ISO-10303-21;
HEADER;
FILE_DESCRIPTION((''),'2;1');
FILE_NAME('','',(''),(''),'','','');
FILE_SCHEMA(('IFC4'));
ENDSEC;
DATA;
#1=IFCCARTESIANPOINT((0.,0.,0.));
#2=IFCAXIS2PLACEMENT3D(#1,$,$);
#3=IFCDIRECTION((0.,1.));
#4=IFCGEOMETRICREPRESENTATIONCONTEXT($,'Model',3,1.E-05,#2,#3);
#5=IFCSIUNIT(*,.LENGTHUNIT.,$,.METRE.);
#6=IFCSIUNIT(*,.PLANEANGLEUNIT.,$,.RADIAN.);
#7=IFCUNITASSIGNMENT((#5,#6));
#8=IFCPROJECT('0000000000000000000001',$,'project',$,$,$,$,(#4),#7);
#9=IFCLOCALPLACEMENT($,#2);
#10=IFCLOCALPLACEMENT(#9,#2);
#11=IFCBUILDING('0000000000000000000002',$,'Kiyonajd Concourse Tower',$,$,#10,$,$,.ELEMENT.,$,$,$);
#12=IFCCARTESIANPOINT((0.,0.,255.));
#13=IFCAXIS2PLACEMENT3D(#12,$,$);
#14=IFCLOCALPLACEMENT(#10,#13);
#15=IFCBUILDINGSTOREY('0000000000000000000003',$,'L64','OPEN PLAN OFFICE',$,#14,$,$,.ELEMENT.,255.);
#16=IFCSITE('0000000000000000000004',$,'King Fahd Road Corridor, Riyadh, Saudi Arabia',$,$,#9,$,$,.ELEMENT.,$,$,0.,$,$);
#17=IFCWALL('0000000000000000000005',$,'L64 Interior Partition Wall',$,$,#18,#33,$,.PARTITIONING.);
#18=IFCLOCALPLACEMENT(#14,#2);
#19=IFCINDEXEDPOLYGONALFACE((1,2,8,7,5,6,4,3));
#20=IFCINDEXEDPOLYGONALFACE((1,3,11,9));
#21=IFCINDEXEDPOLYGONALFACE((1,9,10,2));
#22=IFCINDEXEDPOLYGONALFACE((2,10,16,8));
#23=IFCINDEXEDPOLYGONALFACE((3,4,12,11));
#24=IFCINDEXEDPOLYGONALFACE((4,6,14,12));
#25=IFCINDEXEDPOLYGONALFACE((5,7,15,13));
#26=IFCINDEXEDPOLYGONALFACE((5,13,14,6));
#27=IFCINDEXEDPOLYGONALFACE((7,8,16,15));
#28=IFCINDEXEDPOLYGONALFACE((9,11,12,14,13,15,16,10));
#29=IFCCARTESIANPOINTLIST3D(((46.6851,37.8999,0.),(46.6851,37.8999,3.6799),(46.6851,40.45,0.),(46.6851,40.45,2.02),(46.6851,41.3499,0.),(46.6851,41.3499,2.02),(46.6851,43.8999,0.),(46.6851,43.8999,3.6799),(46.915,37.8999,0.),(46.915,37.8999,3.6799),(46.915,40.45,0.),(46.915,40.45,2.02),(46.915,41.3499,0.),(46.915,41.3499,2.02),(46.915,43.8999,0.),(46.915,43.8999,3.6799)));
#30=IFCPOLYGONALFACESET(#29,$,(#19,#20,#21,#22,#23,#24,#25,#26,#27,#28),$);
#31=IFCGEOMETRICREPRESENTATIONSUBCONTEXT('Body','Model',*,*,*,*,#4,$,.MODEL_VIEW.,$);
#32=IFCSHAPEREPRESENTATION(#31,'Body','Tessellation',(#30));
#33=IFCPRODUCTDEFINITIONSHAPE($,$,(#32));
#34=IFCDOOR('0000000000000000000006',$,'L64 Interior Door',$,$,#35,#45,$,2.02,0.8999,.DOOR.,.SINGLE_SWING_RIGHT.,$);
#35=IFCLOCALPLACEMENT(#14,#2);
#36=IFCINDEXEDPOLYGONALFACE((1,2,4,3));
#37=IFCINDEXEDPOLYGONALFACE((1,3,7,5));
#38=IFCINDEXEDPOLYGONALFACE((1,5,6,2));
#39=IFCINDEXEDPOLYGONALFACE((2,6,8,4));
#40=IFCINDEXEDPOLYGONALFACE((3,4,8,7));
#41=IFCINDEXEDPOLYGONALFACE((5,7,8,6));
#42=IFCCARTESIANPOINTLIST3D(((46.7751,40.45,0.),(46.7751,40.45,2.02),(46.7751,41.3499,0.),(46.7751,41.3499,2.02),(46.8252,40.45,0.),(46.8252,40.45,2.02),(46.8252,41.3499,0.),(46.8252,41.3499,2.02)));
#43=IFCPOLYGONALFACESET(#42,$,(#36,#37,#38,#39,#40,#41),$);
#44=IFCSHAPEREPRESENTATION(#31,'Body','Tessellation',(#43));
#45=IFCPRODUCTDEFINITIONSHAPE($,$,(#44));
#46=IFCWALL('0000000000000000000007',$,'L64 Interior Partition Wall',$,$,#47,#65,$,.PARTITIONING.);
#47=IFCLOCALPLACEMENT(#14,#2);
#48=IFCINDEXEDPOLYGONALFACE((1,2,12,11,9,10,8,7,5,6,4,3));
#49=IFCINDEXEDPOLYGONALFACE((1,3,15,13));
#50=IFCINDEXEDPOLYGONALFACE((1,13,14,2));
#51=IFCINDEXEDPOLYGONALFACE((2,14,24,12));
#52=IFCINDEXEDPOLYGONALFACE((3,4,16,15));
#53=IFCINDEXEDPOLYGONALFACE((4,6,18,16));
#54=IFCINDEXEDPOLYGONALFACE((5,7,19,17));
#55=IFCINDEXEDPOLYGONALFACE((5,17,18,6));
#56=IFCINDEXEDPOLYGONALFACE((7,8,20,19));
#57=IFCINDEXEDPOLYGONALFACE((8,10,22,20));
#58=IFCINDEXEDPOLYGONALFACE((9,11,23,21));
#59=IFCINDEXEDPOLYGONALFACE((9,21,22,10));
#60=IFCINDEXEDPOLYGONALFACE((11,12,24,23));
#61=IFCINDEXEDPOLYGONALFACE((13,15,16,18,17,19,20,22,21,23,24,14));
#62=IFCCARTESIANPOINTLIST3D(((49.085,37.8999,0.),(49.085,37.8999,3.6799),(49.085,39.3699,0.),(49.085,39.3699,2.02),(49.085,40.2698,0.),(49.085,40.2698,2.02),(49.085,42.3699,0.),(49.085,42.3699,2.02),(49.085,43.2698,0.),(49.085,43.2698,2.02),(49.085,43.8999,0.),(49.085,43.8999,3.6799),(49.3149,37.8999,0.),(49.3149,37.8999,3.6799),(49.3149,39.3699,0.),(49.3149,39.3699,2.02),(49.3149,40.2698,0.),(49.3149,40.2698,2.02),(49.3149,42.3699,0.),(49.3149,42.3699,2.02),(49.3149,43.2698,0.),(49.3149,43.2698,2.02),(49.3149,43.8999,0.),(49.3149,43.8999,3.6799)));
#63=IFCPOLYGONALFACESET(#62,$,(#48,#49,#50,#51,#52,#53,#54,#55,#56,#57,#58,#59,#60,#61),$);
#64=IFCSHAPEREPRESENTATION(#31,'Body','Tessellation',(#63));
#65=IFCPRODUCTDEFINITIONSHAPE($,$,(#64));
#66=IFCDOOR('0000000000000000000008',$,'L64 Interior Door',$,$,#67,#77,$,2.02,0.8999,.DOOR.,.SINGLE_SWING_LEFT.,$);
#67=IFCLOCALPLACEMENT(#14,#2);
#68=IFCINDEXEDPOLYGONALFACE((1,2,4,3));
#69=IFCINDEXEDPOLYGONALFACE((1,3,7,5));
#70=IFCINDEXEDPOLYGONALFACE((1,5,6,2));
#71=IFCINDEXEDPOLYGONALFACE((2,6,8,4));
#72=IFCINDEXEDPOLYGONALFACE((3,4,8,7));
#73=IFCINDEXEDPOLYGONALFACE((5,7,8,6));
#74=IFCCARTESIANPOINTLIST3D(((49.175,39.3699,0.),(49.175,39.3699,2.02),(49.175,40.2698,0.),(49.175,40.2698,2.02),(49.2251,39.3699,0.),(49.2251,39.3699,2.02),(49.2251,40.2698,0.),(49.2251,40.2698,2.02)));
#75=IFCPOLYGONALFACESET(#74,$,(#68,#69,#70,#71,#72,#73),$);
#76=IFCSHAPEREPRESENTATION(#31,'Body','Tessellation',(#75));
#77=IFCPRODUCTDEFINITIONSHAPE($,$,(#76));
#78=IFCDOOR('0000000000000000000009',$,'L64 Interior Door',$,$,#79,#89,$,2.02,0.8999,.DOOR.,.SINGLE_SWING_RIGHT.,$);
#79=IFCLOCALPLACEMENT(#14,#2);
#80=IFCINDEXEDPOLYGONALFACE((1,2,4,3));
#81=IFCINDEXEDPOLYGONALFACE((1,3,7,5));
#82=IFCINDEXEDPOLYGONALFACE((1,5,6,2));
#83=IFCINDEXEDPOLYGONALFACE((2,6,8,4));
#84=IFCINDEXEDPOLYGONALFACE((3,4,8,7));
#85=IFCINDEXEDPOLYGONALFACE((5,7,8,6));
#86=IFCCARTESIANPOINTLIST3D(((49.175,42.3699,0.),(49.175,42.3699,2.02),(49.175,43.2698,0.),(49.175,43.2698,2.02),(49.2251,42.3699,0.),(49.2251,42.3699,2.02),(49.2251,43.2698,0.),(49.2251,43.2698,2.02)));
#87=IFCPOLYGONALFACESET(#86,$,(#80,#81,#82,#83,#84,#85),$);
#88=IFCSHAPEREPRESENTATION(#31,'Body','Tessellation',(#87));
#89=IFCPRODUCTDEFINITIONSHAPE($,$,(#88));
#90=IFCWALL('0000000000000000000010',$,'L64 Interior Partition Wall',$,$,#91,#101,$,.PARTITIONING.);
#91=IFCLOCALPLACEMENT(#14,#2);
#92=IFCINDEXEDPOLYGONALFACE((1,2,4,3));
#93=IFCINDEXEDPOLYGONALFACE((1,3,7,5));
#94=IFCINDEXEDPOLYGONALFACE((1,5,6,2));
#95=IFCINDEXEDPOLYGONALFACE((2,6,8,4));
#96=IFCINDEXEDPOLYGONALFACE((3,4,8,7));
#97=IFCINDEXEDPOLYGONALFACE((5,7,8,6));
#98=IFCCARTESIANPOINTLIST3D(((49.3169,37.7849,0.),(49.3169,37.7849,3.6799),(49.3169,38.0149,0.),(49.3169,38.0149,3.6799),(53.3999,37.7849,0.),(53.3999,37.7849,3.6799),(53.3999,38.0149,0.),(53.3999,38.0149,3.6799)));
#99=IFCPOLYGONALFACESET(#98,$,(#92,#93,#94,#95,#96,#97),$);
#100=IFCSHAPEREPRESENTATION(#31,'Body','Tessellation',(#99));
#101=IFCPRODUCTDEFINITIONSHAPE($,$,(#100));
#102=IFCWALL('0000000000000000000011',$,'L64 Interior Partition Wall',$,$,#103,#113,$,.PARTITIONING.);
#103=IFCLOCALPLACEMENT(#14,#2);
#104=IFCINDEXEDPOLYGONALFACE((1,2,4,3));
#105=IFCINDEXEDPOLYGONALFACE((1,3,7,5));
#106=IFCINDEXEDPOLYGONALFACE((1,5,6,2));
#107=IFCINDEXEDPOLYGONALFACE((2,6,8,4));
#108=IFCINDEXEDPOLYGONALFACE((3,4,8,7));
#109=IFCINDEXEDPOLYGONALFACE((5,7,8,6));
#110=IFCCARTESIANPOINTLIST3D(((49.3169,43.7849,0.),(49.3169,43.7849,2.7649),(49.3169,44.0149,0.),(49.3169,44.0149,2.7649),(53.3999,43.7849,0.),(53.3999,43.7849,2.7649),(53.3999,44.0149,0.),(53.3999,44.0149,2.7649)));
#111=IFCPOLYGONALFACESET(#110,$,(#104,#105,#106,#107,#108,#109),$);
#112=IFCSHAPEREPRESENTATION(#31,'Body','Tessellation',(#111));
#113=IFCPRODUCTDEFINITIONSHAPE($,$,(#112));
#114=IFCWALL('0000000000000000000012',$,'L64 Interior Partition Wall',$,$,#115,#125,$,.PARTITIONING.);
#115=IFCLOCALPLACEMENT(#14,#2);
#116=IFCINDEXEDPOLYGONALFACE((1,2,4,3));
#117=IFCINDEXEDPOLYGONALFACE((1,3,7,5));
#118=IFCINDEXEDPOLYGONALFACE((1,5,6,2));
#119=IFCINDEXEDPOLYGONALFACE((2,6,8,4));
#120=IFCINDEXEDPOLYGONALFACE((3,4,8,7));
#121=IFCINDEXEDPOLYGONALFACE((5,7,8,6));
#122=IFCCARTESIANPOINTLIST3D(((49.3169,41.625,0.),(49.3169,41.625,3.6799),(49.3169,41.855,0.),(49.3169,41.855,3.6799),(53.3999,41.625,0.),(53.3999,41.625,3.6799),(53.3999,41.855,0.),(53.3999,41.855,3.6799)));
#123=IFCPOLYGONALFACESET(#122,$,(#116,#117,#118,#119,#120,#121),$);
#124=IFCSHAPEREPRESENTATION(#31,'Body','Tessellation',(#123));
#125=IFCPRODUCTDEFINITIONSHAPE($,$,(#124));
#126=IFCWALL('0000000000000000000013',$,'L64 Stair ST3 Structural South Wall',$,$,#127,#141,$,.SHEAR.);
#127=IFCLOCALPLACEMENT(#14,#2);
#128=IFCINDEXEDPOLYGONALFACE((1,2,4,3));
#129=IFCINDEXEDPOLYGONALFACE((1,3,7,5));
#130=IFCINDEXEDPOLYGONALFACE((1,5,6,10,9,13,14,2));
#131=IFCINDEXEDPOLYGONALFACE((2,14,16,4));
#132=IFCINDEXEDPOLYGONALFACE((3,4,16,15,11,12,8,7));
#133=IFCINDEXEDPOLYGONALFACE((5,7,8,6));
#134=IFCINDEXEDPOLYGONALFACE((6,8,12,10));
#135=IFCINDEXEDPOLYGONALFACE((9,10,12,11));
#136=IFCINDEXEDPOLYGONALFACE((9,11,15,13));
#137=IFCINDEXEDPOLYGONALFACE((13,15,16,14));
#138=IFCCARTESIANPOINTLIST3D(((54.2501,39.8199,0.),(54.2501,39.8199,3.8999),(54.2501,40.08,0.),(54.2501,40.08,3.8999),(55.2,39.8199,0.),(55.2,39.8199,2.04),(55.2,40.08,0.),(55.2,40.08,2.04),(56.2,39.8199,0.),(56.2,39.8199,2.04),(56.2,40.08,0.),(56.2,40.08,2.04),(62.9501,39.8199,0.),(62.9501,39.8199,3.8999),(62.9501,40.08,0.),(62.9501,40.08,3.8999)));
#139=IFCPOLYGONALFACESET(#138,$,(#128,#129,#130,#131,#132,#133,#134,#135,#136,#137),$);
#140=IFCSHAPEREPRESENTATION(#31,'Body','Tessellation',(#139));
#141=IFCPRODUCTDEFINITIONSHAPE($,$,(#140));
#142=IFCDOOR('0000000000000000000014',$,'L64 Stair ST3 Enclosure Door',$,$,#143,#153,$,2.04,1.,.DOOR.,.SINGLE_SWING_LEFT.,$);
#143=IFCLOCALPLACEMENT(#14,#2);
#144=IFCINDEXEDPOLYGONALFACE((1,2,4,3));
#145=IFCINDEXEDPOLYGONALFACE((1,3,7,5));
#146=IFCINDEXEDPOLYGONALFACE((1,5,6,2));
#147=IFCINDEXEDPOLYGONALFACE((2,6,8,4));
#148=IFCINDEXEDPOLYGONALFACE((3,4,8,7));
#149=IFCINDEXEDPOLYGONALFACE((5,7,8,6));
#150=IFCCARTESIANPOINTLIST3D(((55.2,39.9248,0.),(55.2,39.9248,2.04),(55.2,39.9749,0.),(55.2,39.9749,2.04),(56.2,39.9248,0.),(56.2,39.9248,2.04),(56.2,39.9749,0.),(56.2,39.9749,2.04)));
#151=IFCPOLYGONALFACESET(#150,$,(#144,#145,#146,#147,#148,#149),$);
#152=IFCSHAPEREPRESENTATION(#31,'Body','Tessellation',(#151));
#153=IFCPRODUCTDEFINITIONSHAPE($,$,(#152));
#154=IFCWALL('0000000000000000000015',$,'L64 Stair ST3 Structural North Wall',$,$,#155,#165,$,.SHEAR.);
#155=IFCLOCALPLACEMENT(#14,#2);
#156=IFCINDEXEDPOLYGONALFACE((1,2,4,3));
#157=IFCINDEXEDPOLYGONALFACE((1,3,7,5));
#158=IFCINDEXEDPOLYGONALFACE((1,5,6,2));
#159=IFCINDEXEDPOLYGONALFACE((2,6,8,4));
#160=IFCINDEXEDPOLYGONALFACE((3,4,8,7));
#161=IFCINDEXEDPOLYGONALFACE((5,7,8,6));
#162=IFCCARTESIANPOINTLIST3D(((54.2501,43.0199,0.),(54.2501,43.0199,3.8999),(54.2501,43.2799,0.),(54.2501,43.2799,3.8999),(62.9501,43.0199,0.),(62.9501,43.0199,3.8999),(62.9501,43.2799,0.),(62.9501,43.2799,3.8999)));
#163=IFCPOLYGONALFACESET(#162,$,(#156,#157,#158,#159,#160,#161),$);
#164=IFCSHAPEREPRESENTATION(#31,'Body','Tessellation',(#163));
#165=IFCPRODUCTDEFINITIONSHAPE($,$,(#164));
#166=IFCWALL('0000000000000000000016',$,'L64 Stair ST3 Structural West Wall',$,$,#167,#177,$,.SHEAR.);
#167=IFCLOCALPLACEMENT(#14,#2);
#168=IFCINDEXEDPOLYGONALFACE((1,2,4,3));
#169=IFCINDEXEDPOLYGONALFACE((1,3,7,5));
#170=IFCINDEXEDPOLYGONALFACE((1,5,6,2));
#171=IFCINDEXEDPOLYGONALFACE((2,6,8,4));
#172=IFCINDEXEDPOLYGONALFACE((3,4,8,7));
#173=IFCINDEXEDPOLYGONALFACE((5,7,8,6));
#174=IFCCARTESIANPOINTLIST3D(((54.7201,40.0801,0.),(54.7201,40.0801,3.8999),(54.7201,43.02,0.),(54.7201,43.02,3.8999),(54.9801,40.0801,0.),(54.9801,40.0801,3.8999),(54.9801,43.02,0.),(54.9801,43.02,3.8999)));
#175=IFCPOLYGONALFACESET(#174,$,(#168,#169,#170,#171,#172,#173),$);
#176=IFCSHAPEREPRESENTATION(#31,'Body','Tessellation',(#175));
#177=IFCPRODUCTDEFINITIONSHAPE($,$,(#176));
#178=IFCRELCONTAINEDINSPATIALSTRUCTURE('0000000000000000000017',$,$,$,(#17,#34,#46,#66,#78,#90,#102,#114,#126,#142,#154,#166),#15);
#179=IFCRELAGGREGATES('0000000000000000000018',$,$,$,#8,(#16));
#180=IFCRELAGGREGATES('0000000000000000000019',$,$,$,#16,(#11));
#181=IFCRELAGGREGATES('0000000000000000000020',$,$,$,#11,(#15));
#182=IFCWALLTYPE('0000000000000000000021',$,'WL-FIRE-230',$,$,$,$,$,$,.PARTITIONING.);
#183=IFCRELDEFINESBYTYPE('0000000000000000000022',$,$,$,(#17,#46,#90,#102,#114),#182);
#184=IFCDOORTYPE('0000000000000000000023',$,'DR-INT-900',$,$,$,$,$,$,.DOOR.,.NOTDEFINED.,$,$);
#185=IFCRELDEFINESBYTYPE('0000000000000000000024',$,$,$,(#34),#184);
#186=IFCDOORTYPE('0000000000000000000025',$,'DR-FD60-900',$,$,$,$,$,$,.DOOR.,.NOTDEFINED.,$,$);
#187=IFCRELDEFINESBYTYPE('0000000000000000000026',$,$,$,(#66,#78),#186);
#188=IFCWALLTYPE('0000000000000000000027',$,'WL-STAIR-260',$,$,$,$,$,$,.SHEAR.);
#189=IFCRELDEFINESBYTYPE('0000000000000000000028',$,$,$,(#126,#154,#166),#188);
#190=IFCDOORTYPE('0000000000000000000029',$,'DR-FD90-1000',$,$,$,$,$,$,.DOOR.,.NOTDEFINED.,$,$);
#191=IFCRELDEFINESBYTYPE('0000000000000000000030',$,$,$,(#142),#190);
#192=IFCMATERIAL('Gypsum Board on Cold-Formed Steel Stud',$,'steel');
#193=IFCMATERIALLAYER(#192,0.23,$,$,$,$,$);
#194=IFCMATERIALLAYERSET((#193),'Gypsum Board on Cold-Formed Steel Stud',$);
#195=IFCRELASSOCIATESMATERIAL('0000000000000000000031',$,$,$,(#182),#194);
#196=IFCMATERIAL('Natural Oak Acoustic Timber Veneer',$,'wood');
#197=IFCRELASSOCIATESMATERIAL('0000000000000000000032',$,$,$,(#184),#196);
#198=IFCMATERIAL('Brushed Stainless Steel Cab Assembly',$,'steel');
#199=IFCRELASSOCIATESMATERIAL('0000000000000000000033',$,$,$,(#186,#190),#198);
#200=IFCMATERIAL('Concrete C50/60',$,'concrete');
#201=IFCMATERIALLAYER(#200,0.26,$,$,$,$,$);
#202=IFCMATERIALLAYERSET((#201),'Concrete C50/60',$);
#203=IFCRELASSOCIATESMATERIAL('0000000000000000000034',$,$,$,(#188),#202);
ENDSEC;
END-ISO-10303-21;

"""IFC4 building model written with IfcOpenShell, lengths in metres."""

from ifc_helpers import new_model, si_unit, direction, frame, frame_2d, origin, place, context, subcontext, project, spatial, rectangle, extrude, material, layer, layer_set, type_object, element, fill, save


model = new_model("IFC4")

# Units and contexts
model_context = context("Model", 3, precision=1e-05, world=origin(), true_north=direction((0.0, 1.0)))
body_context = subcontext(model_context, "Body", "Model", "MODEL_VIEW")
ifc_project = project(units=[si_unit("LENGTHUNIT", "METRE"), si_unit("PLANEANGLEUNIT", "RADIAN")], contexts=[model_context])

# Site, building, storey
site_placement = place(None, origin())
site = spatial("IfcSite", under=ifc_project, at=site_placement, Name="King Fahd Road Corridor, Riyadh, Saudi Arabia", CompositionType="ELEMENT", RefElevation=0.0)
building_placement = place(site_placement, origin())
building = spatial("IfcBuilding", under=site, at=building_placement, Name="Kiyonajd Concourse Tower", CompositionType="ELEMENT")
storey_placement = place(building_placement, frame((0.0, 0.0, 255.0)))
storey = spatial("IfcBuildingStorey", under=building, at=storey_placement, Name="L64", Description="OPEN PLAN OFFICE", CompositionType="ELEMENT", Elevation=255.0)

# Shared definitions
ifc_material_1 = material(Name="Concrete C50/60", Category="concrete")

# Wall, opening, door
ifc_material_2 = material(Name="Gypsum Board on Cold-Formed Steel Stud", Category="steel")
ifc_layer_1 = layer(ifc_material_2, 0.23)
ifc_layer_set_1 = layer_set([ifc_layer_1], Name="Gypsum Board on Cold-Formed Steel Stud")
wall_type_1 = type_object("IfcWallType", Name="WL-FIRE-230", PredefinedType="PARTITIONING", material=ifc_layer_set_1)
wall_1_placement = place(storey_placement, frame((46.8, 37.8999, 0.0), z_axis=(0.0, 0.0, 1.0), x_axis=(0.0, 1.0, 0.0)))
wall_1 = element("IfcWall", 1, at=wall_1_placement, inside=storey, type_object=wall_type_1, Name="L64 Interior Partition Wall", PredefinedType="PARTITIONING", context=body_context, shape_type="SweptSolid", body=[
    extrude(rectangle(XDim=6.0, YDim=0.23, at=frame_2d((3.0, 0.0))), origin(), (0.0, 0.0, 1.0), 3.6799),
])
opening_1_placement = place(wall_1_placement, frame((2.55, 0.0, 0.0)))
opening_1 = element("IfcOpeningElement", 2, at=opening_1_placement, cuts=wall_1, PredefinedType="OPENING", context=body_context, shape_type="SweptSolid", body=[
    extrude(rectangle(XDim=0.8999, YDim=2.02, at=frame_2d((0.45, 1.01))), frame((0.0, 0.125, 0.0), z_axis=(0.0, -1.0, 0.0), x_axis=(1.0, 0.0, 0.0)), (0.0, 0.0, 1.0), 0.25),
])
ifc_material_3 = material(Name="Natural Oak Acoustic Timber Veneer", Category="wood")
door_type_1 = type_object("IfcDoorType", Name="DR-INT-900", OperationType="NOTDEFINED", PredefinedType="DOOR", material=ifc_material_3)
door_1_placement = place(opening_1_placement, origin())
door_1 = element("IfcDoor", 3, at=door_1_placement, inside=storey, type_object=door_type_1, Name="L64 Interior Door", OperationType="SINGLE_SWING_RIGHT", OverallHeight=2.02, OverallWidth=0.8999, PredefinedType="DOOR", context=body_context, shape_type="SweptSolid", body=[
    extrude(rectangle(XDim=0.8999, YDim=2.02, at=frame_2d((0.45, 1.01))), frame((0.0, 0.0249, 0.0), z_axis=(0.0, -1.0, 0.0), x_axis=(1.0, 0.0, 0.0)), (0.0, 0.0, 1.0), 0.05),
])
fill(opening_1, door_1)

# Wall, openings, doors
wall_2_placement = place(storey_placement, frame((49.2, 37.8999, 0.0), z_axis=(0.0, 0.0, 1.0), x_axis=(0.0, 1.0, 0.0)))
wall_2 = element("IfcWall", 4, at=wall_2_placement, inside=storey, type_object=wall_type_1, Name="L64 Interior Partition Wall", PredefinedType="PARTITIONING", context=body_context, shape_type="SweptSolid", body=[
    extrude(rectangle(XDim=6.0, YDim=0.23, at=frame_2d((3.0, 0.0))), origin(), (0.0, 0.0, 1.0), 3.6799),
])
opening_2_placement = place(wall_2_placement, frame((1.47, 0.0, 0.0)))
opening_2 = element("IfcOpeningElement", 5, at=opening_2_placement, cuts=wall_2, PredefinedType="OPENING", context=body_context, shape_type="SweptSolid", body=[
    extrude(rectangle(XDim=0.8999, YDim=2.02, at=frame_2d((0.45, 1.01))), frame((0.0, 0.125, 0.0), z_axis=(0.0, -1.0, 0.0), x_axis=(1.0, 0.0, 0.0)), (0.0, 0.0, 1.0), 0.25),
])
opening_3_placement = place(wall_2_placement, frame((4.47, 0.0, 0.0)))
opening_3 = element("IfcOpeningElement", 6, at=opening_3_placement, cuts=wall_2, PredefinedType="OPENING", context=body_context, shape_type="SweptSolid", body=[
    extrude(rectangle(XDim=0.8999, YDim=2.02, at=frame_2d((0.45, 1.01))), frame((0.0, 0.125, 0.0), z_axis=(0.0, -1.0, 0.0), x_axis=(1.0, 0.0, 0.0)), (0.0, 0.0, 1.0), 0.25),
])
ifc_material_4 = material(Name="Brushed Stainless Steel Cab Assembly", Category="steel")
door_type_2 = type_object("IfcDoorType", Name="DR-FD60-900", OperationType="NOTDEFINED", PredefinedType="DOOR", material=ifc_material_4)
door_2_placement = place(opening_2_placement, origin())
door_2 = element("IfcDoor", 7, at=door_2_placement, inside=storey, type_object=door_type_2, Name="L64 Interior Door", OperationType="SINGLE_SWING_LEFT", OverallHeight=2.02, OverallWidth=0.8999, PredefinedType="DOOR", context=body_context, shape_type="SweptSolid", body=[
    extrude(rectangle(XDim=0.8999, YDim=2.02, at=frame_2d((0.45, 1.01))), frame((0.0, 0.0249, 0.0), z_axis=(0.0, -1.0, 0.0), x_axis=(1.0, 0.0, 0.0)), (0.0, 0.0, 1.0), 0.05),
])
fill(opening_2, door_2)
door_3_placement = place(opening_3_placement, origin())
door_3 = element("IfcDoor", 8, at=door_3_placement, inside=storey, type_object=door_type_2, Name="L64 Interior Door", OperationType="SINGLE_SWING_RIGHT", OverallHeight=2.02, OverallWidth=0.8999, PredefinedType="DOOR", context=body_context, shape_type="SweptSolid", body=[
    extrude(rectangle(XDim=0.8999, YDim=2.02, at=frame_2d((0.45, 1.01))), frame((0.0, 0.0249, 0.0), z_axis=(0.0, -1.0, 0.0), x_axis=(1.0, 0.0, 0.0)), (0.0, 0.0, 1.0), 0.05),
])
fill(opening_3, door_3)

# Walls
wall_3_placement = place(storey_placement, frame((49.3169, 37.8999, 0.0), z_axis=(0.0, 0.0, 1.0), x_axis=(1.0, 0.0, 0.0)))
element("IfcWall", 9, at=wall_3_placement, inside=storey, type_object=wall_type_1, Name="L64 Interior Partition Wall", PredefinedType="PARTITIONING", context=body_context, shape_type="SweptSolid", body=[
    extrude(rectangle(XDim=4.083, YDim=0.23, at=frame_2d((2.0415, 0.0))), origin(), (0.0, 0.0, 1.0), 3.6799),
])
wall_4_placement = place(storey_placement, frame((49.3169, 43.8999, 0.0), z_axis=(0.0, 0.0, 1.0), x_axis=(1.0, 0.0, 0.0)))
element("IfcWall", 10, at=wall_4_placement, inside=storey, type_object=wall_type_1, Name="L64 Interior Partition Wall", PredefinedType="PARTITIONING", context=body_context, shape_type="SweptSolid", body=[
    extrude(rectangle(XDim=4.083, YDim=0.23, at=frame_2d((2.0415, 0.0))), origin(), (0.0, 0.0, 1.0), 2.7649),
])
wall_5_placement = place(storey_placement, frame((49.3169, 41.74, 0.0), z_axis=(0.0, 0.0, 1.0), x_axis=(1.0, 0.0, 0.0)))
element("IfcWall", 11, at=wall_5_placement, inside=storey, type_object=wall_type_1, Name="L64 Interior Partition Wall", PredefinedType="PARTITIONING", context=body_context, shape_type="SweptSolid", body=[
    extrude(rectangle(XDim=4.083, YDim=0.23, at=frame_2d((2.0415, 0.0))), origin(), (0.0, 0.0, 1.0), 3.6799),
])

# Wall, opening, door
ifc_layer_2 = layer(ifc_material_1, 0.26)
ifc_layer_set_2 = layer_set([ifc_layer_2], Name="Concrete C50/60")
wall_type_2 = type_object("IfcWallType", Name="WL-STAIR-260", PredefinedType="SHEAR", material=ifc_layer_set_2)
wall_6_placement = place(storey_placement, frame((54.25, 39.95, 0.0), z_axis=(0.0, 0.0, 1.0), x_axis=(1.0, 0.0, 0.0)))
wall_6 = element("IfcWall", 12, at=wall_6_placement, inside=storey, type_object=wall_type_2, Name="L64 Stair ST3 Structural South Wall", PredefinedType="SHEAR", context=body_context, shape_type="SweptSolid", body=[
    extrude(rectangle(XDim=8.7, YDim=0.26, at=frame_2d((4.3501, 0.0))), origin(), (0.0, 0.0, 1.0), 3.8999),
])
opening_4_placement = place(wall_6_placement, frame((0.95, 0.0, 0.0)))
opening_4 = element("IfcOpeningElement", 13, at=opening_4_placement, cuts=wall_6, PredefinedType="OPENING", context=body_context, shape_type="SweptSolid", body=[
    extrude(rectangle(XDim=1.0, YDim=2.04, at=frame_2d((0.5, 1.02))), frame((0.0, 0.1399, 0.0), z_axis=(0.0, -1.0, 0.0), x_axis=(1.0, 0.0, 0.0)), (0.0, 0.0, 1.0), 0.28),
])
door_type_3 = type_object("IfcDoorType", Name="DR-FD90-1000", OperationType="NOTDEFINED", PredefinedType="DOOR", material=ifc_material_4)
door_4_placement = place(opening_4_placement, origin())
door_4 = element("IfcDoor", 14, at=door_4_placement, inside=storey, type_object=door_type_3, Name="L64 Stair ST3 Enclosure Door", OperationType="SINGLE_SWING_LEFT", OverallHeight=2.04, OverallWidth=1.0, PredefinedType="DOOR", context=body_context, shape_type="SweptSolid", body=[
    extrude(rectangle(XDim=1.0, YDim=2.04, at=frame_2d((0.5, 1.02))), frame((0.0, 0.0249, 0.0), z_axis=(0.0, -1.0, 0.0), x_axis=(1.0, 0.0, 0.0)), (0.0, 0.0, 1.0), 0.05),
])
fill(opening_4, door_4)

# Walls
wall_7_placement = place(storey_placement, frame((54.25, 43.1499, 0.0), z_axis=(0.0, 0.0, 1.0), x_axis=(1.0, 0.0, 0.0)))
element("IfcWall", 15, at=wall_7_placement, inside=storey, type_object=wall_type_2, Name="L64 Stair ST3 Structural North Wall", PredefinedType="SHEAR", context=body_context, shape_type="SweptSolid", body=[
    extrude(rectangle(XDim=8.7, YDim=0.26, at=frame_2d((4.3501, 0.0))), origin(), (0.0, 0.0, 1.0), 3.8999),
])
wall_8_placement = place(storey_placement, frame((54.8501, 40.0801, 0.0), z_axis=(0.0, 0.0, 1.0), x_axis=(0.0, 1.0, 0.0)))
element("IfcWall", 16, at=wall_8_placement, inside=storey, type_object=wall_type_2, Name="L64 Stair ST3 Structural West Wall", PredefinedType="SHEAR", context=body_context, shape_type="SweptSolid", body=[
    extrude(rectangle(XDim=2.9399, YDim=0.26, at=frame_2d((1.47, 0.0))), origin(), (0.0, 0.0, 1.0), 3.8999),
])

save(model, "model.ifc")
